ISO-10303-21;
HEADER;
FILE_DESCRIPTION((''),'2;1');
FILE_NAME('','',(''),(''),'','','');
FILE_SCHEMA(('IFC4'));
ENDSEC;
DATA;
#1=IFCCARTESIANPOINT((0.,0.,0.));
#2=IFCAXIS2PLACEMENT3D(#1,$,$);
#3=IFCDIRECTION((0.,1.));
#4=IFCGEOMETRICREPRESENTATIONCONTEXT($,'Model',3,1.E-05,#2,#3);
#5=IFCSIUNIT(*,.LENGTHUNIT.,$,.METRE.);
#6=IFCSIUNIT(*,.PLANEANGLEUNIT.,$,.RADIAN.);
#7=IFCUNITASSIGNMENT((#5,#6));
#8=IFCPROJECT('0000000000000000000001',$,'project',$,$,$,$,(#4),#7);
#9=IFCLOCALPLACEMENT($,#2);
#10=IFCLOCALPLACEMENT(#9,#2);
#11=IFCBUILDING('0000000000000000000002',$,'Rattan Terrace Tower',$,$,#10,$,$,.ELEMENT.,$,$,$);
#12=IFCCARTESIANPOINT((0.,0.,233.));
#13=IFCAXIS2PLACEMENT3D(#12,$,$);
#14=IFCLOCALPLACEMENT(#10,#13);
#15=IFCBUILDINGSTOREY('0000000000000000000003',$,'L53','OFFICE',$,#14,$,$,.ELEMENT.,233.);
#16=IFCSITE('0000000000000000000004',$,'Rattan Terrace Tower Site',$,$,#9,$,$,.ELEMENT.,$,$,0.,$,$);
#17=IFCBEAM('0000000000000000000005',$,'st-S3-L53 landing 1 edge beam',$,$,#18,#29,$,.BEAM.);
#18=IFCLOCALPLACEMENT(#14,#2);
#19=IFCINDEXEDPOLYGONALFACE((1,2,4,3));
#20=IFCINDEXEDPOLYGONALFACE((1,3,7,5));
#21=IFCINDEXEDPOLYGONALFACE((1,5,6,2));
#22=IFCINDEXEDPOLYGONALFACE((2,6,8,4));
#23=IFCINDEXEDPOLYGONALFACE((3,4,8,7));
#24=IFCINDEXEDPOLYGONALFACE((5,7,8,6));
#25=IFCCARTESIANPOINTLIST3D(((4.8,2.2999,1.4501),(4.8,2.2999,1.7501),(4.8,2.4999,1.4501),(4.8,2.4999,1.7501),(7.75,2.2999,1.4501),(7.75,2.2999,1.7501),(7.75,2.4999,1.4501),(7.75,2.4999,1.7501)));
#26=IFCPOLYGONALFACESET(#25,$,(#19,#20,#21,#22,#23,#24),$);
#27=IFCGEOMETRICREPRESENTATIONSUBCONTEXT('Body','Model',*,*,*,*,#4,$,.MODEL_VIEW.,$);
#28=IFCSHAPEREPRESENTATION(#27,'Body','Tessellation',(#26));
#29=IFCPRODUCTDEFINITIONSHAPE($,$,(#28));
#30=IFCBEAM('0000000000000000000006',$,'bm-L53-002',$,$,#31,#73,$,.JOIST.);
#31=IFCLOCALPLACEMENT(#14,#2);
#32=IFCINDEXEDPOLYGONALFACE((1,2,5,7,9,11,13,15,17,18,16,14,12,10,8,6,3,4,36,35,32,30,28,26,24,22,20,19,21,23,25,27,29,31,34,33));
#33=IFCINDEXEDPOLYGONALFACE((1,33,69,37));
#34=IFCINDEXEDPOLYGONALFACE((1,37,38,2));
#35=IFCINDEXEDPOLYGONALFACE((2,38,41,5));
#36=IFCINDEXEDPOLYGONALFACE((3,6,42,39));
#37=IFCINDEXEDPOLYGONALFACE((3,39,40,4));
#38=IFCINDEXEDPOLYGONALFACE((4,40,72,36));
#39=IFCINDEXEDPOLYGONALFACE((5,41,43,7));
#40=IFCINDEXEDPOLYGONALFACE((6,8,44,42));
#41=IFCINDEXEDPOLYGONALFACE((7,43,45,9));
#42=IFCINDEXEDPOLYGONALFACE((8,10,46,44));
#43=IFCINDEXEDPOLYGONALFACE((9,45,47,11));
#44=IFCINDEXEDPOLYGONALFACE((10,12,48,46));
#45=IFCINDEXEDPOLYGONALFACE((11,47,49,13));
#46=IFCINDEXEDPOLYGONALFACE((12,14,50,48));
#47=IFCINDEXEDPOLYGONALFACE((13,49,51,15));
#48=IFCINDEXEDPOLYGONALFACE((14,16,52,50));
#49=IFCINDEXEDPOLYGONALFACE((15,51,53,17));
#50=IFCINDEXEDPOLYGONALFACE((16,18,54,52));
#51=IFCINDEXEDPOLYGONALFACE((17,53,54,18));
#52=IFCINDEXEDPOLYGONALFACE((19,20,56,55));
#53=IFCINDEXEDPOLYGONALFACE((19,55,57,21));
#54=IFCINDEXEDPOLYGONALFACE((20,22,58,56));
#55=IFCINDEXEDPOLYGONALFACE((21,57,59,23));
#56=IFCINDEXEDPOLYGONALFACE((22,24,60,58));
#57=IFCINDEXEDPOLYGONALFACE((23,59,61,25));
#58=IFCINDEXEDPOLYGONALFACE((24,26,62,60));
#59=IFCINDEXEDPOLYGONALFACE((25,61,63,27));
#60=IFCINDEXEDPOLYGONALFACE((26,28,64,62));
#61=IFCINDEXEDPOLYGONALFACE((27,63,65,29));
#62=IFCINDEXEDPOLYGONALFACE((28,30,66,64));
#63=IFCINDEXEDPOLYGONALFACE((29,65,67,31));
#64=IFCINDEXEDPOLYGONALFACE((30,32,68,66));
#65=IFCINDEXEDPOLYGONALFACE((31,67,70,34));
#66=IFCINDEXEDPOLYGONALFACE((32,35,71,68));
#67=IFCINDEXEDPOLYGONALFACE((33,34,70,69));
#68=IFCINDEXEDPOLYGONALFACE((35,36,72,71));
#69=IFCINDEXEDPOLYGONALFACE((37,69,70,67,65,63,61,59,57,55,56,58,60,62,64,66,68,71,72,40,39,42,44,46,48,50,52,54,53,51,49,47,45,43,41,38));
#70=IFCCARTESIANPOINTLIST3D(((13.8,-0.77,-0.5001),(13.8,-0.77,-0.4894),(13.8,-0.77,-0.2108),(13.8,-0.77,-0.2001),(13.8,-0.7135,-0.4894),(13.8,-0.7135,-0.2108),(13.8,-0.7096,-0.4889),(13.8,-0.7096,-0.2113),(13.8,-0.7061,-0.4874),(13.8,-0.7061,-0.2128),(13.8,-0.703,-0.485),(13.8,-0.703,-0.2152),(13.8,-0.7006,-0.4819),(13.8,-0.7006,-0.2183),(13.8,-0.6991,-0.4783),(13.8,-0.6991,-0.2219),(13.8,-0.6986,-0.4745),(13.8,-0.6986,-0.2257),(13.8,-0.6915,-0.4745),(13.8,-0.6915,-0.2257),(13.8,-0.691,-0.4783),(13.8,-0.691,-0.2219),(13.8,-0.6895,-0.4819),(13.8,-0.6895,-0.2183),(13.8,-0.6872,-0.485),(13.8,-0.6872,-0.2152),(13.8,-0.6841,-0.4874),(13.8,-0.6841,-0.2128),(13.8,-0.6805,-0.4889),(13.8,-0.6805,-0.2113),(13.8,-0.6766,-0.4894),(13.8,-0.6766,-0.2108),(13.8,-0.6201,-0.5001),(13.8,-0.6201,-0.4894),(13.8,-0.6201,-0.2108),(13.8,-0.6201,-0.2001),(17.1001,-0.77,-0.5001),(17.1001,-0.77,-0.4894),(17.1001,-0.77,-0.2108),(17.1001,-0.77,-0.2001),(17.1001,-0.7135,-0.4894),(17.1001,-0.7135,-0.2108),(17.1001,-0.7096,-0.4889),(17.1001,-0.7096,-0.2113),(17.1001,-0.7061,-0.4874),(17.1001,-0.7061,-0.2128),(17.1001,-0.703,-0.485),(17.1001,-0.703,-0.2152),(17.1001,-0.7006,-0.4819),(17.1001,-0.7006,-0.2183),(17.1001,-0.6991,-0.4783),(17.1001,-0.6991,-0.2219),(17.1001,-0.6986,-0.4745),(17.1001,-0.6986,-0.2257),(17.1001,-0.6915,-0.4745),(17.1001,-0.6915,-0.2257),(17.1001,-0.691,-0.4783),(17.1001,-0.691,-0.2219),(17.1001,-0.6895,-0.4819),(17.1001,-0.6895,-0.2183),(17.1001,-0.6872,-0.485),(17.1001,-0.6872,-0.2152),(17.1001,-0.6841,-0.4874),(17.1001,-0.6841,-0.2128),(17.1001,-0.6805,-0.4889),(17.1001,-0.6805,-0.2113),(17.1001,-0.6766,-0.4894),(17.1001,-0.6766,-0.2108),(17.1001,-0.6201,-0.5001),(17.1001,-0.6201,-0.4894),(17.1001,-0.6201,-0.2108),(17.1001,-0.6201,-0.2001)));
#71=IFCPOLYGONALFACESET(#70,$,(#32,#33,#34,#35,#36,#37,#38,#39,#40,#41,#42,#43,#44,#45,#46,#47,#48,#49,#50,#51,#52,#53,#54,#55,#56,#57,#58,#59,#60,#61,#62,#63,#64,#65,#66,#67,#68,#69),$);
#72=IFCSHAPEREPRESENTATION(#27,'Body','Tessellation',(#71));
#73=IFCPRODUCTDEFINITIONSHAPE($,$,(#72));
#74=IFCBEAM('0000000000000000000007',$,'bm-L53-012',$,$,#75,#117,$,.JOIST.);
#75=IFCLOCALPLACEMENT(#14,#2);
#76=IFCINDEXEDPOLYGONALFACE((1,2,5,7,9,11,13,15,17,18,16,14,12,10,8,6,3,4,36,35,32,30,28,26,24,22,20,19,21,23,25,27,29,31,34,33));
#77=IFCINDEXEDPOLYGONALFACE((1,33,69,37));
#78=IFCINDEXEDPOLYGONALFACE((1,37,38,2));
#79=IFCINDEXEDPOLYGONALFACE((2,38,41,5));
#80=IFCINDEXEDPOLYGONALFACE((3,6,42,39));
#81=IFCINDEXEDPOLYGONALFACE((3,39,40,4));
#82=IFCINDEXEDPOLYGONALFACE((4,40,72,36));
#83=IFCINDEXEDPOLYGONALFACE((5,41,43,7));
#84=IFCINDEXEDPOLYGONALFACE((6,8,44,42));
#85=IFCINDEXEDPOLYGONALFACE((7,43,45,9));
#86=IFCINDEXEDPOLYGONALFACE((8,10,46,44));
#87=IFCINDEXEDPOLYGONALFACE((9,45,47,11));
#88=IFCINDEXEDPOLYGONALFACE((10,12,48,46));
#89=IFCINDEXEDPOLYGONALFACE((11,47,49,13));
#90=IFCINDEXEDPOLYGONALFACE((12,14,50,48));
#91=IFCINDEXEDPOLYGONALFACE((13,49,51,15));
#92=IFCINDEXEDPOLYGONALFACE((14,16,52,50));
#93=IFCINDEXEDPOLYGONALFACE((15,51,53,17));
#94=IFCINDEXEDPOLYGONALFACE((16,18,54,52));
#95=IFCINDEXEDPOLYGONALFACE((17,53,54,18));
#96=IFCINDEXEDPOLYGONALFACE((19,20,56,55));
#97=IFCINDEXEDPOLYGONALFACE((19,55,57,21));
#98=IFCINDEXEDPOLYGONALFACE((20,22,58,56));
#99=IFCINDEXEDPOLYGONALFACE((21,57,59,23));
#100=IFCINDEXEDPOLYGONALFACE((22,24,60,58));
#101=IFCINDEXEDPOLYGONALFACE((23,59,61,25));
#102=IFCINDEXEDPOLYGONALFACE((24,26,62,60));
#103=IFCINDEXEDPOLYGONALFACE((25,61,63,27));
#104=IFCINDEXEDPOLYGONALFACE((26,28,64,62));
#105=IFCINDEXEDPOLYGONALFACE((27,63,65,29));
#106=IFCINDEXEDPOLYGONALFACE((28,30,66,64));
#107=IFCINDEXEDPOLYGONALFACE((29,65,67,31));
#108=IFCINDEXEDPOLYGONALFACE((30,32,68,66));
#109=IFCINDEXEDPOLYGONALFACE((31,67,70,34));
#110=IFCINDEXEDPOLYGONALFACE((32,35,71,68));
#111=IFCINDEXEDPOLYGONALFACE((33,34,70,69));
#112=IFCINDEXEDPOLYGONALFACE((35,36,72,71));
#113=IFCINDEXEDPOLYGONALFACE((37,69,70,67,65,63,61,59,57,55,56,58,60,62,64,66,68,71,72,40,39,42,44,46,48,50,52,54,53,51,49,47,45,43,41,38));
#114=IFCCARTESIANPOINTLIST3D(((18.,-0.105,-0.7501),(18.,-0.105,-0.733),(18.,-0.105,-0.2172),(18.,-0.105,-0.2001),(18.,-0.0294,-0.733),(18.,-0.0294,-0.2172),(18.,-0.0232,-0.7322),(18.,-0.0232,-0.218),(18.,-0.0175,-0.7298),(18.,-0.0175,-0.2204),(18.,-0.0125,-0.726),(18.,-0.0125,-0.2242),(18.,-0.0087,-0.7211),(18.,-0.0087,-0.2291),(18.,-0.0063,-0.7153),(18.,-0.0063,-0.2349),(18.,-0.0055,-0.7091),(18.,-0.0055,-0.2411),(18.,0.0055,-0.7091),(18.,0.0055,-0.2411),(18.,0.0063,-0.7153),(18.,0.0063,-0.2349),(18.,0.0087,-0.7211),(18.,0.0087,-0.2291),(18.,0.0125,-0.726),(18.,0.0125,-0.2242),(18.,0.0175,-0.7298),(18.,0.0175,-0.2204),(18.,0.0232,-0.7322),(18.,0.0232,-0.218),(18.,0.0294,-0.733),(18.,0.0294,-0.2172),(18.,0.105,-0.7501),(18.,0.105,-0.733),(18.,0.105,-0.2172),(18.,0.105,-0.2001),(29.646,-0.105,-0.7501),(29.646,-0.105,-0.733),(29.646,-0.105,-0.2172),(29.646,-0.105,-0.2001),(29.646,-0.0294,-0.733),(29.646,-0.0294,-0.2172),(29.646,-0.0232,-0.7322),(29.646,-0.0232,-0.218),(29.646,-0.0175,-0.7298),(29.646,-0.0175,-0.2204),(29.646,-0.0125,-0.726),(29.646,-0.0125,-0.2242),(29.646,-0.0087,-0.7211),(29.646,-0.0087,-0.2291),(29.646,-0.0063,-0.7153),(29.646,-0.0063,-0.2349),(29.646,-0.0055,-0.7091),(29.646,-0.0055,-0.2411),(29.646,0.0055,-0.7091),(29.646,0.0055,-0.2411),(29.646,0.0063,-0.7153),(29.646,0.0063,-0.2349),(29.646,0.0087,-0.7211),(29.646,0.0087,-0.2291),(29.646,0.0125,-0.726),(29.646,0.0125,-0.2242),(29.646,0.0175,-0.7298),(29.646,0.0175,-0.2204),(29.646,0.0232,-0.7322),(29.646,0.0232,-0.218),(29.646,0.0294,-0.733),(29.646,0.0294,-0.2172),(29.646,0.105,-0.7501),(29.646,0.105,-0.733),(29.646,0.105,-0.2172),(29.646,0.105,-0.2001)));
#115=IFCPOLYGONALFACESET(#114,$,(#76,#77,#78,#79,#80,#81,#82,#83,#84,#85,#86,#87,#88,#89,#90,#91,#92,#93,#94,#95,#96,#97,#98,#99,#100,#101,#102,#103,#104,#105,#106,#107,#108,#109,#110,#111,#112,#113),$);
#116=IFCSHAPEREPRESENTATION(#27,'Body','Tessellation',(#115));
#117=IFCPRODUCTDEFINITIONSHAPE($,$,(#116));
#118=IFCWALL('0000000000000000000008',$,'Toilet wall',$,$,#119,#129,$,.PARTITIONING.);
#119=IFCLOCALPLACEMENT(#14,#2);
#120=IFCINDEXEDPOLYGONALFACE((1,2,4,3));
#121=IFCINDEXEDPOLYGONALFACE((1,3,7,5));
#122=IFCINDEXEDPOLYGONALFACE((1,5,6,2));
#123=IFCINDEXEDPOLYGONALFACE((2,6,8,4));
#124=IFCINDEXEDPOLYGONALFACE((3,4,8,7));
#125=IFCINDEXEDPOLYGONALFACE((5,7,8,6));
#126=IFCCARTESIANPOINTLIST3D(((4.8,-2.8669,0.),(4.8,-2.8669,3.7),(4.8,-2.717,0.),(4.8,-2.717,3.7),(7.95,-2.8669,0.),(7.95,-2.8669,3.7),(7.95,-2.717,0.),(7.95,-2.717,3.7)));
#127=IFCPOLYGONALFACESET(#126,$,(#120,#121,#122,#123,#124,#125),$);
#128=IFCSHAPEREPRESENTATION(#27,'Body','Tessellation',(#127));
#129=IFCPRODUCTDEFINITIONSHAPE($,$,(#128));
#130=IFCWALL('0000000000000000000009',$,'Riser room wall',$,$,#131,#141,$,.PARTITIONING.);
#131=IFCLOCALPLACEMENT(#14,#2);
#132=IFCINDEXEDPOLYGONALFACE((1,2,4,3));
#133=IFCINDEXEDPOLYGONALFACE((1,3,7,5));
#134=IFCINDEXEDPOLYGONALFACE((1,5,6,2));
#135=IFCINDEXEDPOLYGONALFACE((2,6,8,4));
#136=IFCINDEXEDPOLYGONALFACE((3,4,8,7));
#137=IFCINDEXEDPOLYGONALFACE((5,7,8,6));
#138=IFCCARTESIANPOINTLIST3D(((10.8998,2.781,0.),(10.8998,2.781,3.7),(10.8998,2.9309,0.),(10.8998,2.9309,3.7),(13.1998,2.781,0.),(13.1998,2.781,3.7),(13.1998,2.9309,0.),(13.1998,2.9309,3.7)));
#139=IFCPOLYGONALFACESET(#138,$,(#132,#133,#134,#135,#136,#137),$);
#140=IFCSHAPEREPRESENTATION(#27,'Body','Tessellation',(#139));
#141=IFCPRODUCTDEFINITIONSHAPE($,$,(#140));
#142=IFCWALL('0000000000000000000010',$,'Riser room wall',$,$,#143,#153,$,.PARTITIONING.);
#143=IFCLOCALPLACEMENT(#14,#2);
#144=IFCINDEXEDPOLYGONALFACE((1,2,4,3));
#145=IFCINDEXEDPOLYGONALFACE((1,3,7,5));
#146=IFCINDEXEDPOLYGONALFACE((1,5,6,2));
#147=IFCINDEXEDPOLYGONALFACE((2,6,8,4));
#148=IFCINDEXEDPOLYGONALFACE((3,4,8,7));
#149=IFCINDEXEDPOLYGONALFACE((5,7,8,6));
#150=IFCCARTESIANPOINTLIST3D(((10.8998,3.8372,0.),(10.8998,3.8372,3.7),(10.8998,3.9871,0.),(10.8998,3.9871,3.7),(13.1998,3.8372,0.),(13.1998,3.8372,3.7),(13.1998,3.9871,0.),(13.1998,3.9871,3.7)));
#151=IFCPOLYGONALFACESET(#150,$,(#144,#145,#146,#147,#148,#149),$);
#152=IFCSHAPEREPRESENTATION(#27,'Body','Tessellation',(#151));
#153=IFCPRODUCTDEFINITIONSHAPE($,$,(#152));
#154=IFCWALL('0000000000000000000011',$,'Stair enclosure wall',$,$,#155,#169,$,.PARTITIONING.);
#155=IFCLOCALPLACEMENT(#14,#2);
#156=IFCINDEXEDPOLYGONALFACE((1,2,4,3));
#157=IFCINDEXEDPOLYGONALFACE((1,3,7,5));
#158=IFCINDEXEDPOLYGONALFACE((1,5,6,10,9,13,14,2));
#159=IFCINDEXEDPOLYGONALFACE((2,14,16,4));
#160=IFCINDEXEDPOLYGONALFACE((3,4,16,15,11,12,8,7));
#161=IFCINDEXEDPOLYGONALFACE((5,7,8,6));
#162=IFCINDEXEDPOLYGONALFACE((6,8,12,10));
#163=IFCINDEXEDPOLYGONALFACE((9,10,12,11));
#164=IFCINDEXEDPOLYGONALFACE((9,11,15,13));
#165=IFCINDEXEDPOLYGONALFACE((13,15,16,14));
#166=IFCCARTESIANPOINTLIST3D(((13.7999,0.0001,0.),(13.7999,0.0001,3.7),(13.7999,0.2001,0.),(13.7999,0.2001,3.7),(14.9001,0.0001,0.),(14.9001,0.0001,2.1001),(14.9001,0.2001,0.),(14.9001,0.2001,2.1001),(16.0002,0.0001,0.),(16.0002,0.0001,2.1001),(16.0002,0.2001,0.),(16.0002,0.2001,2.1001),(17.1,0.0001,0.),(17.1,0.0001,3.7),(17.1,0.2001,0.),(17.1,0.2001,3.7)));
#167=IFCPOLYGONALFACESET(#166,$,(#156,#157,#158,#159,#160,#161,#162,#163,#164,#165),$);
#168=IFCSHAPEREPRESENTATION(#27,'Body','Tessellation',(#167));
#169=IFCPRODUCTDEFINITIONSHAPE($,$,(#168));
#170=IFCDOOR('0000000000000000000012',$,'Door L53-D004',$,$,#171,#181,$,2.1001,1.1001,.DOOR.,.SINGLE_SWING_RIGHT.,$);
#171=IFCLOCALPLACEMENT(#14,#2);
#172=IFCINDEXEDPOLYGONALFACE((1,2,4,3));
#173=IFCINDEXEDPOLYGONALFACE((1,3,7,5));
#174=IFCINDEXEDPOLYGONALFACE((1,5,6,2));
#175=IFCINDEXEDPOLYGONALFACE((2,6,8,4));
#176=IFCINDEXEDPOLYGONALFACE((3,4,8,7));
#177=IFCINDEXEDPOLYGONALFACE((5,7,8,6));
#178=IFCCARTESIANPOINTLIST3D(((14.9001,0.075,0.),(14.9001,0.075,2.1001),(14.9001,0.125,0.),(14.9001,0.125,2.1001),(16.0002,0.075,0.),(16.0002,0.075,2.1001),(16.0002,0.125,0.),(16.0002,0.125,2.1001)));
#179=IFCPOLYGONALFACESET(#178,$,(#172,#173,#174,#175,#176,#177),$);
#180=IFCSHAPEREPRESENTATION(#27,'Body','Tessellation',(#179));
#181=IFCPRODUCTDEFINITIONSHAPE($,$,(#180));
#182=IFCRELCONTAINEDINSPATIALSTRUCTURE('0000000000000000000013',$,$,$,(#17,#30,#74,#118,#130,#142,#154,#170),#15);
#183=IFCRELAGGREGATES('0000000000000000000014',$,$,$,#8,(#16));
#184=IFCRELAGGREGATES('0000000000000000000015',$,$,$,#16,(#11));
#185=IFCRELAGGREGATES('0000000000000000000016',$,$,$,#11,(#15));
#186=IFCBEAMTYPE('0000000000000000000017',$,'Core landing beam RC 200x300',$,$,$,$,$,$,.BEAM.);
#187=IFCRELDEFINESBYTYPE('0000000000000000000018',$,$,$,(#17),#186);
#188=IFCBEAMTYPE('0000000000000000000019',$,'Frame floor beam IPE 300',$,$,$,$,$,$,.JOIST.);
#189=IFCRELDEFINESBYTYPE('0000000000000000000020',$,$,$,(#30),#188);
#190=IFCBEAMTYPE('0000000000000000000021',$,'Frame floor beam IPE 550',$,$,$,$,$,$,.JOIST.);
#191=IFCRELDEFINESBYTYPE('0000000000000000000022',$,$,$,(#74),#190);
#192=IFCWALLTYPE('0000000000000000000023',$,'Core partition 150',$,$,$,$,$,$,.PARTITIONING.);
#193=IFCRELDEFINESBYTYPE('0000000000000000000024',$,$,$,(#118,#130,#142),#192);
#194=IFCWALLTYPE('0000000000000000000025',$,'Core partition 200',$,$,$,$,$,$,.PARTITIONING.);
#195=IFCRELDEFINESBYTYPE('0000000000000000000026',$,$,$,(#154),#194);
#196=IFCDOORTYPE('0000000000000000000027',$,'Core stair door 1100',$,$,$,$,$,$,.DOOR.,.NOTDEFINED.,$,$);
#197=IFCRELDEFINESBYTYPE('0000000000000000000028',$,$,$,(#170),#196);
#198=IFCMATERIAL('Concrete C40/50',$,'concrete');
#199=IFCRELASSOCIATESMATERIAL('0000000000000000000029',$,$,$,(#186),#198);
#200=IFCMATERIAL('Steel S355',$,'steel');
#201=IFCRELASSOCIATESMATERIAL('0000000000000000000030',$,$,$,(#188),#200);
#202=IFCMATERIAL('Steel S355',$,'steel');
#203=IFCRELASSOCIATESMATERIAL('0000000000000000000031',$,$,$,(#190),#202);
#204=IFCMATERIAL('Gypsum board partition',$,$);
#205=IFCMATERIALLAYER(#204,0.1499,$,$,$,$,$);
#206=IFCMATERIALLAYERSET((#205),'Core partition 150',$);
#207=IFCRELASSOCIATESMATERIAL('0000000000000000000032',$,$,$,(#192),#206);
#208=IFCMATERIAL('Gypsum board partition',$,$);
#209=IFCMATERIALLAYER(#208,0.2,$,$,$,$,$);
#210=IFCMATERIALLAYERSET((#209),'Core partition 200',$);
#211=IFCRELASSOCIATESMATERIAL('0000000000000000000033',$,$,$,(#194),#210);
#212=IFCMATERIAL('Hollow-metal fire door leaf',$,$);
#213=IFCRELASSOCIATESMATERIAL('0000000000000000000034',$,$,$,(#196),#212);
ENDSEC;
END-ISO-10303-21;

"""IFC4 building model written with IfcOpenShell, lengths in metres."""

from ifc_helpers import new_model, si_unit, direction, frame, frame_2d, origin, origin_2d, place, context, subcontext, project, spatial, rectangle, i_section, extrude, material, layer, layer_set, material_profile, profile_set, type_object, element, fill, save


model = new_model("IFC4")

# Units and contexts
model_context = context("Model", 3, precision=1e-05, world=origin(), true_north=direction((0.0, 1.0)))
body_context = subcontext(model_context, "Body", "Model", "MODEL_VIEW")
ifc_project = project(units=[si_unit("LENGTHUNIT", "METRE"), si_unit("PLANEANGLEUNIT", "RADIAN")], contexts=[model_context])

# Site, building, storey
site_placement = place(None, origin())
site = spatial("IfcSite", under=ifc_project, at=site_placement, Name="Rattan Terrace Tower Site", CompositionType="ELEMENT", RefElevation=0.0)
building_placement = place(site_placement, origin())
building = spatial("IfcBuilding", under=site, at=building_placement, Name="Rattan Terrace Tower", CompositionType="ELEMENT")
storey_placement = place(building_placement, frame((0.0, 0.0, 233.0)))
storey = spatial("IfcBuildingStorey", under=building, at=storey_placement, Name="L53", Description="OFFICE", CompositionType="ELEMENT", Elevation=233.0)

# Beams
ifc_material_1 = material(Name="Concrete C40/50", Category="concrete")
ifc_material_profile_1 = material_profile(ifc_material_1, rectangle(XDim=0.2, YDim=0.3, at=origin_2d()), Name="RC 200x300")
ifc_profile_set_1 = profile_set([ifc_material_profile_1], Name="Concrete C40/50")
beam_type_1 = type_object("IfcBeamType", Name="Core landing beam RC 200x300", PredefinedType="BEAM", material=ifc_profile_set_1)
beam_1_placement = place(storey_placement, frame((4.8, 2.3999, 1.6001), z_axis=(1.0, 0.0, 0.0), x_axis=(0.0, 1.0, 0.0)))
element("IfcBeam", 1, at=beam_1_placement, inside=storey, type_object=beam_type_1, Name="st-S3-L53 landing 1 edge beam", PredefinedType="BEAM", context=body_context, shape_type="SweptSolid", body=[
    extrude(rectangle(XDim=0.2, YDim=0.3, at=origin_2d()), origin(), (0.0, 0.0, 1.0), 2.95),
])
ifc_material_2 = material(Name="Steel S355", Category="steel")
ifc_material_profile_2 = material_profile(ifc_material_2, i_section(OverallWidth=0.1499, OverallDepth=0.3, WebThickness=0.0071, FlangeThickness=0.0107, FilletRadius=0.0149, at=origin_2d()), Name="IPE 300")
ifc_profile_set_2 = profile_set([ifc_material_profile_2], Name="Steel S355")
beam_type_2 = type_object("IfcBeamType", Name="Frame floor beam IPE 300", PredefinedType="JOIST", material=ifc_profile_set_2)
beam_2_placement = place(storey_placement, frame((13.8, -0.6951, -0.3501), z_axis=(1.0, 0.0, 0.0), x_axis=(0.0, 1.0, 0.0)))
element("IfcBeam", 2, at=beam_2_placement, inside=storey, type_object=beam_type_2, Name="bm-L53-002", PredefinedType="JOIST", context=body_context, shape_type="SweptSolid", body=[
    extrude(i_section(OverallWidth=0.1499, OverallDepth=0.3, WebThickness=0.0071, FlangeThickness=0.0107, FilletRadius=0.0149, at=origin_2d()), origin(), (0.0, 0.0, 1.0), 3.3),
])
ifc_material_3 = material(Name="Steel S355", Category="steel")
ifc_material_profile_3 = material_profile(ifc_material_3, i_section(OverallWidth=0.21, OverallDepth=0.55, WebThickness=0.011, FlangeThickness=0.0171, FilletRadius=0.0239, at=origin_2d()), Name="IPE 550")
ifc_profile_set_3 = profile_set([ifc_material_profile_3], Name="Steel S355")
beam_type_3 = type_object("IfcBeamType", Name="Frame floor beam IPE 550", PredefinedType="JOIST", material=ifc_profile_set_3)
beam_3_placement = place(storey_placement, frame((18.0, 0.0, -0.4751), z_axis=(1.0, 0.0, 0.0), x_axis=(0.0, 1.0, 0.0)))
element("IfcBeam", 3, at=beam_3_placement, inside=storey, type_object=beam_type_3, Name="bm-L53-012", PredefinedType="JOIST", context=body_context, shape_type="SweptSolid", body=[
    extrude(i_section(OverallWidth=0.21, OverallDepth=0.55, WebThickness=0.011, FlangeThickness=0.0171, FilletRadius=0.0239, at=origin_2d()), origin(), (0.0, 0.0, 1.0), 11.646),
])

# Walls
ifc_material_4 = material(Name="Gypsum board partition")
ifc_layer_1 = layer(ifc_material_4, 0.1499)
ifc_layer_set_1 = layer_set([ifc_layer_1], Name="Core partition 150")
wall_type_1 = type_object("IfcWallType", Name="Core partition 150", PredefinedType="PARTITIONING", material=ifc_layer_set_1)
wall_1_placement = place(storey_placement, frame((4.8, -2.792, 0.0), z_axis=(0.0, 0.0, 1.0), x_axis=(1.0, 0.0, 0.0)))
element("IfcWall", 4, at=wall_1_placement, inside=storey, type_object=wall_type_1, Name="Toilet wall", PredefinedType="PARTITIONING", context=body_context, shape_type="SweptSolid", body=[
    extrude(rectangle(XDim=3.1499, YDim=0.1499, at=frame_2d((1.575, 0.0))), origin(), (0.0, 0.0, 1.0), 3.7),
])
for number, where, z_axis, x_axis, name in (
    (5, (10.8999, 2.856, 0.0), (0.0, 0.0, 1.0), (1.0, 0.0, 0.0), "Riser room wall"),
    (6, (10.8999, 3.9121, 0.0), (0.0, 0.0, 1.0), (1.0, 0.0, 0.0), "Riser room wall"),
):
    element("IfcWall", number, at=place(storey_placement, frame(where, z_axis=z_axis, x_axis=x_axis)), inside=storey, type_object=wall_type_1, Name=name, PredefinedType="PARTITIONING", context=body_context, shape_type="SweptSolid", body=[
        extrude(rectangle(XDim=2.3, YDim=0.1499, at=frame_2d((1.1499, 0.0))), origin(), (0.0, 0.0, 1.0), 3.7),
    ])

# Wall, opening, door
ifc_material_5 = material(Name="Gypsum board partition")
ifc_layer_2 = layer(ifc_material_5, 0.2)
ifc_layer_set_2 = layer_set([ifc_layer_2], Name="Core partition 200")
wall_type_2 = type_object("IfcWallType", Name="Core partition 200", PredefinedType="PARTITIONING", material=ifc_layer_set_2)
wall_2_placement = place(storey_placement, frame((13.8, 0.1001, 0.0), z_axis=(0.0, 0.0, 1.0), x_axis=(1.0, 0.0, 0.0)))
wall_2 = element("IfcWall", 7, at=wall_2_placement, inside=storey, type_object=wall_type_2, Name="Stair enclosure wall", PredefinedType="PARTITIONING", context=body_context, shape_type="SweptSolid", body=[
    extrude(rectangle(XDim=3.3, YDim=0.2, at=frame_2d((1.6499, 0.0))), origin(), (0.0, 0.0, 1.0), 3.7),
])
opening_placement = place(wall_2_placement, frame((1.1001, 0.0, 0.0)))
opening = element("IfcOpeningElement", 8, at=opening_placement, cuts=wall_2, PredefinedType="OPENING", context=body_context, shape_type="SweptSolid", body=[
    extrude(rectangle(XDim=1.1001, YDim=2.1001, at=frame_2d((0.55, 1.05))), frame((0.0, 0.1106, 0.0), z_axis=(0.0, -1.0, 0.0), x_axis=(1.0, 0.0, 0.0)), (0.0, 0.0, 1.0), 0.2209),
])
ifc_material_6 = material(Name="Hollow-metal fire door leaf")
door_type = type_object("IfcDoorType", Name="Core stair door 1100", OperationType="NOTDEFINED", PredefinedType="DOOR", material=ifc_material_6)
door_placement = place(opening_placement, origin())
door = element("IfcDoor", 9, at=door_placement, inside=storey, type_object=door_type, Name="Door L53-D004", OperationType="SINGLE_SWING_RIGHT", OverallHeight=2.1001, OverallWidth=1.1001, PredefinedType="DOOR", context=body_context, shape_type="SweptSolid", body=[
    extrude(rectangle(XDim=1.1001, YDim=2.1001, at=frame_2d((0.55, 1.05))), frame((0.0, 0.0249, 0.0), z_axis=(0.0, -1.0, 0.0), x_axis=(1.0, 0.0, 0.0)), (0.0, 0.0, 1.0), 0.05),
])
fill(opening, door)

save(model, "model.ifc")
